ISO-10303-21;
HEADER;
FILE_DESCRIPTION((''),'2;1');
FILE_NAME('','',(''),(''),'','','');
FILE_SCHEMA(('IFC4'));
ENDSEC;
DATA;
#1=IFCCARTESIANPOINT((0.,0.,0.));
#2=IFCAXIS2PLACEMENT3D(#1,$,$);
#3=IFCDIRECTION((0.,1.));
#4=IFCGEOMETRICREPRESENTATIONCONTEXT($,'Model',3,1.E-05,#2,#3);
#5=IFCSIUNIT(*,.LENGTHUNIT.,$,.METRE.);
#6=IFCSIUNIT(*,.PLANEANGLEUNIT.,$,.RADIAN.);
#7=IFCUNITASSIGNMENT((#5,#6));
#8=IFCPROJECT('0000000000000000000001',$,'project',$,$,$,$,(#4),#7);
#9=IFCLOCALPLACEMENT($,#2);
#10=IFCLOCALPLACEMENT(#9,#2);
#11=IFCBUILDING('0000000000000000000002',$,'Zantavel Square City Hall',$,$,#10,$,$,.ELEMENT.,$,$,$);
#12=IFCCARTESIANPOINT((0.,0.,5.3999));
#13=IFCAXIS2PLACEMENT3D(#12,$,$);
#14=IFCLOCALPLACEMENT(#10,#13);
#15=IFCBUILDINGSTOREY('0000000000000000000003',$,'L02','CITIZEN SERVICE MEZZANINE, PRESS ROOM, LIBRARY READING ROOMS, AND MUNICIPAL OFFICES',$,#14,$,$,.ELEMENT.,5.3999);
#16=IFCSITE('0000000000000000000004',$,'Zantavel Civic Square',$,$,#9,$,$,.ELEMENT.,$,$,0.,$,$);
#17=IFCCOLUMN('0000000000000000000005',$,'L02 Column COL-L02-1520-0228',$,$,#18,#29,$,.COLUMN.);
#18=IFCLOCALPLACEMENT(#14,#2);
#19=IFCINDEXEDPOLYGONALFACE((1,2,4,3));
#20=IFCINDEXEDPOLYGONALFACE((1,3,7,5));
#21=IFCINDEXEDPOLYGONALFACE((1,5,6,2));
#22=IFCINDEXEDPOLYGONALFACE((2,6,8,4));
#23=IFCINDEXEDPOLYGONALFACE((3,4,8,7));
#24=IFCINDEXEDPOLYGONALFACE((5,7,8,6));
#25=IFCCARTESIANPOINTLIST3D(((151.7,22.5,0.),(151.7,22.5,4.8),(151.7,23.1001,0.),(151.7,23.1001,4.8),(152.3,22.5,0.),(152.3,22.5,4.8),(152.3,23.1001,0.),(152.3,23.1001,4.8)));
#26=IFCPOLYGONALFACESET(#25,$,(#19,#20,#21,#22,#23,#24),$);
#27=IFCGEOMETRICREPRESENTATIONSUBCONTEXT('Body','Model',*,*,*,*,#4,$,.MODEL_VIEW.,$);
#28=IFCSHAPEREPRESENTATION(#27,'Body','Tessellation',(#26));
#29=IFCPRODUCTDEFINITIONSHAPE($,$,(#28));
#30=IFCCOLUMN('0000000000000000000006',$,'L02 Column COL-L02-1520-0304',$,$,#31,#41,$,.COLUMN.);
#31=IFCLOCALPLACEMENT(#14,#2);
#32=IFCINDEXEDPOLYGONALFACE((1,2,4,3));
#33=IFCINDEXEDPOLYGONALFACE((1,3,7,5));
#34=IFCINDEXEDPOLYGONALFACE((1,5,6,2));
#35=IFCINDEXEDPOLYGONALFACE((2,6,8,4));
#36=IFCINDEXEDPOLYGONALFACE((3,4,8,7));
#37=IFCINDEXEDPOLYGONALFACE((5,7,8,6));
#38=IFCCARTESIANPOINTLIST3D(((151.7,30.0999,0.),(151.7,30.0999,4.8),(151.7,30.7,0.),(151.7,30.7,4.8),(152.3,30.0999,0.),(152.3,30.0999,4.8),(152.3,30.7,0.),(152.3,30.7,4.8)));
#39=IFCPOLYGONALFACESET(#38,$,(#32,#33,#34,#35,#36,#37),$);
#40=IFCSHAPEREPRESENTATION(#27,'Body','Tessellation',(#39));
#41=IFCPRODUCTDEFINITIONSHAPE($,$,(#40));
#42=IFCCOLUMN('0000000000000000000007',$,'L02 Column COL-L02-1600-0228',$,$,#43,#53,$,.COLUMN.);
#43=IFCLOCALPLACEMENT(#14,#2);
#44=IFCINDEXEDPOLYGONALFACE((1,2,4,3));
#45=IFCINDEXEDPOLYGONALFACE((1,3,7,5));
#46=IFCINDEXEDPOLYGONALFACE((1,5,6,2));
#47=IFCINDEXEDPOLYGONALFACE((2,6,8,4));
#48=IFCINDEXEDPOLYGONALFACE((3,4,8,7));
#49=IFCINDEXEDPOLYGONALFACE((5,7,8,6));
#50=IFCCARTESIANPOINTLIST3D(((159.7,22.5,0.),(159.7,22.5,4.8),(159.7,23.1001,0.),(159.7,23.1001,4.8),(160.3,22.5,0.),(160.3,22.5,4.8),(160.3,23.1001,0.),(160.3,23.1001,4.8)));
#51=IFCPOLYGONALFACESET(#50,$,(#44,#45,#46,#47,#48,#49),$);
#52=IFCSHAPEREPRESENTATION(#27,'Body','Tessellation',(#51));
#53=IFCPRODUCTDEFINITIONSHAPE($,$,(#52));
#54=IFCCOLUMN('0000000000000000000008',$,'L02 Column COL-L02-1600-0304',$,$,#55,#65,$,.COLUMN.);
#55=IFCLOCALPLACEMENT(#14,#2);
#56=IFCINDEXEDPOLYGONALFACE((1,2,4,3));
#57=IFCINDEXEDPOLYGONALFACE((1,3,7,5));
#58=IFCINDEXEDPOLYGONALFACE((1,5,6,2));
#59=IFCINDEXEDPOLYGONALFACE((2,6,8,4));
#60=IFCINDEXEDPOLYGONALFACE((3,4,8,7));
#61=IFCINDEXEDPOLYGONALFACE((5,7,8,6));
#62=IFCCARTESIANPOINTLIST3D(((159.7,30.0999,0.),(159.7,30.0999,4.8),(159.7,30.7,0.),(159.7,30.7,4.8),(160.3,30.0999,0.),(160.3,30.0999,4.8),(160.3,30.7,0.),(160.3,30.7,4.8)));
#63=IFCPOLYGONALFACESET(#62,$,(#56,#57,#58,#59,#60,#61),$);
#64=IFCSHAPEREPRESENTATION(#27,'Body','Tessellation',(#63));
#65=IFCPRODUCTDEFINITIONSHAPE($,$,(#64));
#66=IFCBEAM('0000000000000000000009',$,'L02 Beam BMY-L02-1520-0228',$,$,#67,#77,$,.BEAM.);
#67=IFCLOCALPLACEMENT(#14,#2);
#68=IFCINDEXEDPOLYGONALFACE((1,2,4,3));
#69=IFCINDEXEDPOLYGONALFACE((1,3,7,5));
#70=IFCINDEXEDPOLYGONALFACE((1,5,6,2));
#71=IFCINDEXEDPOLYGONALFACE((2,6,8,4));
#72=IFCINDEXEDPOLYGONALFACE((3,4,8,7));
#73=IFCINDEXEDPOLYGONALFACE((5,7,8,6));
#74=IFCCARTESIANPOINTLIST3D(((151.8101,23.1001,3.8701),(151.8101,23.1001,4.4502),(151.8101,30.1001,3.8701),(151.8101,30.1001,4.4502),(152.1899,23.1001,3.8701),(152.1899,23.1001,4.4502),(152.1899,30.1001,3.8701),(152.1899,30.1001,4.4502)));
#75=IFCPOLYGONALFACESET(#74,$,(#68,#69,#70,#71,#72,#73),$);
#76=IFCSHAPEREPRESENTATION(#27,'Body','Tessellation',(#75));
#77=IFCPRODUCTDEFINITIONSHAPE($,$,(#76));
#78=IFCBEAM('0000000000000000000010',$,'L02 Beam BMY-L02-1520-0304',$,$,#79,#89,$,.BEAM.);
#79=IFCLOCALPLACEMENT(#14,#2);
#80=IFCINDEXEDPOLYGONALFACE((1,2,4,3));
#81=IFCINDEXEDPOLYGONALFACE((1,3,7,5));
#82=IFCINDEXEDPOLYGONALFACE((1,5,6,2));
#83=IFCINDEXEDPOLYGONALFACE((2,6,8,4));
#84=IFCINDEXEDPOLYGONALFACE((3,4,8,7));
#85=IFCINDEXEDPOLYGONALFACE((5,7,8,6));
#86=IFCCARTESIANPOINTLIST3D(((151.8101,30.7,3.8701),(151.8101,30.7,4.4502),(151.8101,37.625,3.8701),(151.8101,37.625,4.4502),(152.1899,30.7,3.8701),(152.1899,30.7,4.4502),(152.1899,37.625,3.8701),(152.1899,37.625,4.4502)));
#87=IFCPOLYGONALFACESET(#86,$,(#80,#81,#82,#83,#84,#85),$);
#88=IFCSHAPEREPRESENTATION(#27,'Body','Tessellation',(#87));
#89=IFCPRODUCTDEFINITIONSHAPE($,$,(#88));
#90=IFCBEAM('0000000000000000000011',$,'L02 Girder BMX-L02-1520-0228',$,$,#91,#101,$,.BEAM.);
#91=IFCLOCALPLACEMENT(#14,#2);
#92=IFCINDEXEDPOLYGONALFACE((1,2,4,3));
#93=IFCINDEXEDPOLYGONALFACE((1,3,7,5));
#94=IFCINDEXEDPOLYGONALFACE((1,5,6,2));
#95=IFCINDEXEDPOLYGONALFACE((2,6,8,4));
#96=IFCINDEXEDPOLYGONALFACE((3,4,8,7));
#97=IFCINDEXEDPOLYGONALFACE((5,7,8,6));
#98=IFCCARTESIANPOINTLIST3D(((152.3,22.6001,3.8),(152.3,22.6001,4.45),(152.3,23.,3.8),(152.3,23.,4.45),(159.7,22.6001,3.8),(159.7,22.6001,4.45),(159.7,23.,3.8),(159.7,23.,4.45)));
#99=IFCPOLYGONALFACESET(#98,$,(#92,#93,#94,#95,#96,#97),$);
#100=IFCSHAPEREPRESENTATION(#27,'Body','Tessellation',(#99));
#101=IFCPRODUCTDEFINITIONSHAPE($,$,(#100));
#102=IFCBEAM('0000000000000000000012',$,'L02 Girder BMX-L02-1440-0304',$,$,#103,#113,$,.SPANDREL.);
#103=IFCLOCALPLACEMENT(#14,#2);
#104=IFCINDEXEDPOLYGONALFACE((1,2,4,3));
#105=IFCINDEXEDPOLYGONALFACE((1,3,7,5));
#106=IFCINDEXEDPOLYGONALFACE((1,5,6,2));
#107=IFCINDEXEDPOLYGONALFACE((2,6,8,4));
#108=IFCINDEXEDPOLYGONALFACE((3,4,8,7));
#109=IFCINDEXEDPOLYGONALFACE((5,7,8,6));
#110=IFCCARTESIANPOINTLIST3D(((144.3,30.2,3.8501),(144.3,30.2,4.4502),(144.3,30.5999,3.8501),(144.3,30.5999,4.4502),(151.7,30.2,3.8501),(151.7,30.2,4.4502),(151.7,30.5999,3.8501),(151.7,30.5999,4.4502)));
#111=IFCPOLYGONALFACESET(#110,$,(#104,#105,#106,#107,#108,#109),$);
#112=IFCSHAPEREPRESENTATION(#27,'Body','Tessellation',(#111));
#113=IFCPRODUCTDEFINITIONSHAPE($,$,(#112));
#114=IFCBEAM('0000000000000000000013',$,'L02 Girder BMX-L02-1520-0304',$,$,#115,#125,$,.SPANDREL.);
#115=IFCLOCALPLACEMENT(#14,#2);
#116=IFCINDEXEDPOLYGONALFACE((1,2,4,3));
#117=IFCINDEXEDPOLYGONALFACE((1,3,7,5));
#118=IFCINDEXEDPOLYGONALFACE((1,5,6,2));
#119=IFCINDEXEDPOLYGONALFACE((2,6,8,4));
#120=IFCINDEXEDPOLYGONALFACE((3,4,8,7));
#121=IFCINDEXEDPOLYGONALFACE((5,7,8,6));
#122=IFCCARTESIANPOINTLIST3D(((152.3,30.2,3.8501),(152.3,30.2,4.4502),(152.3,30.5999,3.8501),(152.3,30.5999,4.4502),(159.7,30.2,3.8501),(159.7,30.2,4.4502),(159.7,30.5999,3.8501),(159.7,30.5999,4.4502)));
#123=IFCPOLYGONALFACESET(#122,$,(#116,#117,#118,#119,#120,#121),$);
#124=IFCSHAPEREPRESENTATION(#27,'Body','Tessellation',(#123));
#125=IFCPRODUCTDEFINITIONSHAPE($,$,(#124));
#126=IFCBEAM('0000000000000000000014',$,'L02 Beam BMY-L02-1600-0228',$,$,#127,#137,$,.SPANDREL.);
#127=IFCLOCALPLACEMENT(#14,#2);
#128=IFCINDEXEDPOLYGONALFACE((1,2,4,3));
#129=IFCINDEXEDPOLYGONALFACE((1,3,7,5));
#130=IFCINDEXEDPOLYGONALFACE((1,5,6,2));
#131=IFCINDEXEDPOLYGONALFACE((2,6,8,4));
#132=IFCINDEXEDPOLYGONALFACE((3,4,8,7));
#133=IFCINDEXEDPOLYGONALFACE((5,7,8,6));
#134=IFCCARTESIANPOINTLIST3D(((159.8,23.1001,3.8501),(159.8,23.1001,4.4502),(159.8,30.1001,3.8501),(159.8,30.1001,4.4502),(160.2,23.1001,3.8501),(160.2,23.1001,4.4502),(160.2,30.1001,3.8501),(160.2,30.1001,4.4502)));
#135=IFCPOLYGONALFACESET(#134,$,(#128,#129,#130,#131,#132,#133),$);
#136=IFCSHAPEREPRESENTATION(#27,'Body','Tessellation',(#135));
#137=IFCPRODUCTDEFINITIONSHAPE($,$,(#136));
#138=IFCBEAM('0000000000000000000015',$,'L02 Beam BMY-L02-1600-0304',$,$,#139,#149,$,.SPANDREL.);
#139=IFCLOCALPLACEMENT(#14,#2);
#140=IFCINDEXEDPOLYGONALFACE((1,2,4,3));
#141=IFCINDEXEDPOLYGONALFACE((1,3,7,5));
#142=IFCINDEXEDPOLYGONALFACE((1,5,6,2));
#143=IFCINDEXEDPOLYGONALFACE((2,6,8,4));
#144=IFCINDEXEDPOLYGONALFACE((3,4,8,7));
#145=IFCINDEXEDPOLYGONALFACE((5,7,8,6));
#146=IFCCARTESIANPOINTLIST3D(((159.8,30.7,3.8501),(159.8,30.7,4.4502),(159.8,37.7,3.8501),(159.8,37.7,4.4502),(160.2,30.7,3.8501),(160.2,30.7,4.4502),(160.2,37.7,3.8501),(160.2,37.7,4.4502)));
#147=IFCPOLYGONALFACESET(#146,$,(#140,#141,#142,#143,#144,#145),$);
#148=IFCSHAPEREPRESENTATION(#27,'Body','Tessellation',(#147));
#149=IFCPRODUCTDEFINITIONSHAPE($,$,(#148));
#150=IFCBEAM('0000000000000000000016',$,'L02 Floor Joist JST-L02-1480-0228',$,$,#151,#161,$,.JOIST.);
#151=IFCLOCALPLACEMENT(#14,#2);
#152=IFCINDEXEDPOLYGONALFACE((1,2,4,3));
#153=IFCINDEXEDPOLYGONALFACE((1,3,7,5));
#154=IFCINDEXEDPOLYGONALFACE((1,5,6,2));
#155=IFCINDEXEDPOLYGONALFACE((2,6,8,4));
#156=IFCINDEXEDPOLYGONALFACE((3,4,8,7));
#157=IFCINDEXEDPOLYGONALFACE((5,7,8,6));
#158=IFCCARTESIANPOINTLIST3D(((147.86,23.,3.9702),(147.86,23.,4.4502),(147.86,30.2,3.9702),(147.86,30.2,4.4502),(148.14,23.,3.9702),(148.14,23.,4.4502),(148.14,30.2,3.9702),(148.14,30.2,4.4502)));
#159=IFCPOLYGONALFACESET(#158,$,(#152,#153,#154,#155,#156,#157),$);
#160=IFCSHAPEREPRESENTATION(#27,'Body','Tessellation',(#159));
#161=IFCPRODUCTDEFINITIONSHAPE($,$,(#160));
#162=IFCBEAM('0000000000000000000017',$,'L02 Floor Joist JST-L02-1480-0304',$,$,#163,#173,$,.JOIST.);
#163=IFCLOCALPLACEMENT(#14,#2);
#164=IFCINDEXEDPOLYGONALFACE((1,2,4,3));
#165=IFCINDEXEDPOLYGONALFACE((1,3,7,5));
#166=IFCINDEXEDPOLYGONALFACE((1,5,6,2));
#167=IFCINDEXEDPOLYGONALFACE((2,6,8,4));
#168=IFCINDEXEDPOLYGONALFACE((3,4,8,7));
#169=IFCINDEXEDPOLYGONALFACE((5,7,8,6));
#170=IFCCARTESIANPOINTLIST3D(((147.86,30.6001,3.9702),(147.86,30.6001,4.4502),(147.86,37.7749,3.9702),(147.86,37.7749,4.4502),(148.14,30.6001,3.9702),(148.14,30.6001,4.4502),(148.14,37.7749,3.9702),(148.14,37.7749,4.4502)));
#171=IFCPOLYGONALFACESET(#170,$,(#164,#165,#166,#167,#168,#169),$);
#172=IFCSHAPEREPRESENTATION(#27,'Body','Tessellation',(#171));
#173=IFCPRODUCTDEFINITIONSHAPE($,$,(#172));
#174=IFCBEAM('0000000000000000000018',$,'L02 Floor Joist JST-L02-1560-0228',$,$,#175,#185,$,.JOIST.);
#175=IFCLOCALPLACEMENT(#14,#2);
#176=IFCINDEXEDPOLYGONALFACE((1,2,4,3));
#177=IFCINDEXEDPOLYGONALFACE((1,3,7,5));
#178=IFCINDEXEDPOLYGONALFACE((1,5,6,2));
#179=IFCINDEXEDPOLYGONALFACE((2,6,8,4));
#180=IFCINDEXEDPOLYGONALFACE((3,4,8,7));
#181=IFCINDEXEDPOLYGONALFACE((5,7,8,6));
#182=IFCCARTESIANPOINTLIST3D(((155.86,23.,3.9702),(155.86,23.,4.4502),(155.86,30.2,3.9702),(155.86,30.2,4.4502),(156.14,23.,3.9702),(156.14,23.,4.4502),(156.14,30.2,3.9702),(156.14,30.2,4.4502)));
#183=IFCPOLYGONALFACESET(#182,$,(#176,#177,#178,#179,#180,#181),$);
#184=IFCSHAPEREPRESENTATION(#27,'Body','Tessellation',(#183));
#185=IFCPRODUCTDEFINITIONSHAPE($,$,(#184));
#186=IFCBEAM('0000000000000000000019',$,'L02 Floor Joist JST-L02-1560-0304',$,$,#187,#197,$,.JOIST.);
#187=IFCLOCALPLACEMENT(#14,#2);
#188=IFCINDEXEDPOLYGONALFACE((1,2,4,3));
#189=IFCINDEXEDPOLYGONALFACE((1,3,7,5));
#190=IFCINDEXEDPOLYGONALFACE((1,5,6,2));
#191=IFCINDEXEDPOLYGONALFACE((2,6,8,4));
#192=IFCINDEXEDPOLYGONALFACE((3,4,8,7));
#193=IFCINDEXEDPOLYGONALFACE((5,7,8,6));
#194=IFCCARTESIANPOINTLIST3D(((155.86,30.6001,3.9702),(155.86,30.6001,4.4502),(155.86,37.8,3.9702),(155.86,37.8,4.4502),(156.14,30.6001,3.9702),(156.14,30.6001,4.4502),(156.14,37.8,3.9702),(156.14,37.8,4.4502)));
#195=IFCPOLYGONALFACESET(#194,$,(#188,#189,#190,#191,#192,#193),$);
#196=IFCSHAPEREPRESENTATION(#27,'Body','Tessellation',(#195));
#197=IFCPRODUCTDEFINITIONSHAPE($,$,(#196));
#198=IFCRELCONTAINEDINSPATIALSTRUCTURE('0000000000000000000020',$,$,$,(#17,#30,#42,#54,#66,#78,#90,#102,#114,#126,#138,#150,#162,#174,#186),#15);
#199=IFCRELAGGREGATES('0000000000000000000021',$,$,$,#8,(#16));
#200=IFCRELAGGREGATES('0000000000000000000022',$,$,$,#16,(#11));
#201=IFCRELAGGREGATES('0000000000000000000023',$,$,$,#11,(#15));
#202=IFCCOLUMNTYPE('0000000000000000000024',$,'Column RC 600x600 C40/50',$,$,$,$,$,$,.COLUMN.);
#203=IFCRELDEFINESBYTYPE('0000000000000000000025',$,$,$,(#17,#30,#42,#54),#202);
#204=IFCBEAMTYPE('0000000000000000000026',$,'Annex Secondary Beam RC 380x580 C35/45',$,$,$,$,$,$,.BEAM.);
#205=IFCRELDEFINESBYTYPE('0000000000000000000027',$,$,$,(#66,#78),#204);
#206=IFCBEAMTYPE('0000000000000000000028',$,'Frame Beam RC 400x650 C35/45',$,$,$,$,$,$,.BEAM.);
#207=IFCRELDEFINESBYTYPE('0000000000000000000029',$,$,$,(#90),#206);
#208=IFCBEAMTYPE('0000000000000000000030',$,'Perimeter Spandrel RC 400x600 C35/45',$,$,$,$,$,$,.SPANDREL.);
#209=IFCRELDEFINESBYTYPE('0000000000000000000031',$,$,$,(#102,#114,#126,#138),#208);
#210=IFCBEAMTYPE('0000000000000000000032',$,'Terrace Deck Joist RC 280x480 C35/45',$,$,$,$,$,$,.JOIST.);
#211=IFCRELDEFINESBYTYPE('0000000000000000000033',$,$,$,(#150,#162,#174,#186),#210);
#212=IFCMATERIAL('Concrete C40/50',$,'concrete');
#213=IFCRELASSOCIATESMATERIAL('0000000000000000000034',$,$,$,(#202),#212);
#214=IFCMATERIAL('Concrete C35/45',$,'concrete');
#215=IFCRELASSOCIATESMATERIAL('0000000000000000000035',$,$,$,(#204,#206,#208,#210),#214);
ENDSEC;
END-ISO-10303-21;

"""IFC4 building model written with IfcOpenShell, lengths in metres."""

from ifc_helpers import new_model, si_unit, direction, frame, origin, origin_2d, place, context, subcontext, project, spatial, rectangle, extrude, material, material_profile, profile_set, type_object, element, save


model = new_model("IFC4")

# Units and contexts
model_context = context("Model", 3, precision=1e-05, world=origin(), true_north=direction((0.0, 1.0)))
body_context = subcontext(model_context, "Body", "Model", "MODEL_VIEW")
ifc_project = project(units=[si_unit("LENGTHUNIT", "METRE"), si_unit("PLANEANGLEUNIT", "RADIAN")], contexts=[model_context])

# Site, building, storey
site_placement = place(None, origin())
site = spatial("IfcSite", under=ifc_project, at=site_placement, Name="Zantavel Civic Square", CompositionType="ELEMENT", RefElevation=0.0)
building_placement = place(site_placement, origin())
building = spatial("IfcBuilding", under=site, at=building_placement, Name="Zantavel Square City Hall", CompositionType="ELEMENT")
storey_placement = place(building_placement, frame((0.0, 0.0, 5.3999)))
storey = spatial("IfcBuildingStorey", under=building, at=storey_placement, Name="L02", Description="CITIZEN SERVICE MEZZANINE, PRESS ROOM, LIBRARY READING ROOMS, AND MUNICIPAL OFFICES", CompositionType="ELEMENT", Elevation=5.3999)

# Columns
ifc_material_1 = material(Name="Concrete C40/50", Category="concrete")
ifc_material_profile_1 = material_profile(ifc_material_1, rectangle(XDim=0.6001, YDim=0.6001, at=origin_2d()), Name="RC 600x600")
ifc_profile_set_1 = profile_set([ifc_material_profile_1], Name="Concrete C40/50")
column_type = type_object("IfcColumnType", Name="Column RC 600x600 C40/50", PredefinedType="COLUMN", material=ifc_profile_set_1)
for number, where, z_axis, x_axis, name in (
    (1, (152.0, 22.8, 0.0), (0.0, 0.0, 1.0), (1.0, 0.0, 0.0), "L02 Column COL-L02-1520-0228"),
    (2, (152.0, 30.3999, 0.0), (0.0, 0.0, 1.0), (1.0, 0.0, 0.0), "L02 Column COL-L02-1520-0304"),
    (3, (160.0, 22.8, 0.0), (0.0, 0.0, 1.0), (1.0, 0.0, 0.0), "L02 Column COL-L02-1600-0228"),
    (4, (160.0, 30.3999, 0.0), (0.0, 0.0, 1.0), (1.0, 0.0, 0.0), "L02 Column COL-L02-1600-0304"),
):
    element("IfcColumn", number, at=place(storey_placement, frame(where, z_axis=z_axis, x_axis=x_axis)), inside=storey, type_object=column_type, Name=name, PredefinedType="COLUMN", context=body_context, shape_type="SweptSolid", body=[
        extrude(rectangle(XDim=0.6001, YDim=0.6001, at=origin_2d()), origin(), (0.0, 0.0, 1.0), 4.8),
    ])

# Beams
ifc_material_2 = material(Name="Concrete C35/45", Category="concrete")
ifc_material_profile_2 = material_profile(ifc_material_2, rectangle(XDim=0.3799, YDim=0.5801, at=origin_2d()), Name="RC 380x580")
ifc_profile_set_2 = profile_set([ifc_material_profile_2], Name="Concrete C35/45")
beam_type_1 = type_object("IfcBeamType", Name="Annex Secondary Beam RC 380x580 C35/45", PredefinedType="BEAM", material=ifc_profile_set_2)
beam_1_placement = place(storey_placement, frame((152.0, 23.1001, 4.1602), z_axis=(0.0, 1.0, 0.0), x_axis=(-1.0, 0.0, 0.0)))
element("IfcBeam", 5, at=beam_1_placement, inside=storey, type_object=beam_type_1, Name="L02 Beam BMY-L02-1520-0228", PredefinedType="BEAM", context=body_context, shape_type="SweptSolid", body=[
    extrude(rectangle(XDim=0.3799, YDim=0.5801, at=origin_2d()), origin(), (0.0, 0.0, 1.0), 7.0),
])
beam_2_placement = place(storey_placement, frame((152.0, 30.7, 4.1602), z_axis=(0.0, 1.0, 0.0), x_axis=(-1.0, 0.0, 0.0)))
element("IfcBeam", 6, at=beam_2_placement, inside=storey, type_object=beam_type_1, Name="L02 Beam BMY-L02-1520-0304", PredefinedType="BEAM", context=body_context, shape_type="SweptSolid", body=[
    extrude(rectangle(XDim=0.3799, YDim=0.5801, at=origin_2d()), origin(), (0.0, 0.0, 1.0), 6.925),
])
ifc_material_profile_3 = material_profile(ifc_material_2, rectangle(XDim=0.3999, YDim=0.6499, at=origin_2d()), Name="RC 400x650")
ifc_profile_set_3 = profile_set([ifc_material_profile_3], Name="Concrete C35/45")
beam_type_2 = type_object("IfcBeamType", Name="Frame Beam RC 400x650 C35/45", PredefinedType="BEAM", material=ifc_profile_set_3)
beam_3_placement = place(storey_placement, frame((152.3, 22.8, 4.125), z_axis=(1.0, 0.0, 0.0), x_axis=(0.0, 1.0, 0.0)))
element("IfcBeam", 7, at=beam_3_placement, inside=storey, type_object=beam_type_2, Name="L02 Girder BMX-L02-1520-0228", PredefinedType="BEAM", context=body_context, shape_type="SweptSolid", body=[
    extrude(rectangle(XDim=0.3999, YDim=0.6499, at=origin_2d()), origin(), (0.0, 0.0, 1.0), 7.3999),
])
ifc_material_profile_4 = material_profile(ifc_material_2, rectangle(XDim=0.3999, YDim=0.6001, at=origin_2d()), Name="RC 400x600")
ifc_profile_set_4 = profile_set([ifc_material_profile_4], Name="Concrete C35/45")
beam_type_3 = type_object("IfcBeamType", Name="Perimeter Spandrel RC 400x600 C35/45", PredefinedType="SPANDREL", material=ifc_profile_set_4)
for number, where, z_axis, x_axis, name in (
    (8, (144.3, 30.3999, 4.1501), (1.0, 0.0, 0.0), (0.0, 1.0, 0.0), "L02 Girder BMX-L02-1440-0304"),
    (9, (152.3, 30.3999, 4.1501), (1.0, 0.0, 0.0), (0.0, 1.0, 0.0), "L02 Girder BMX-L02-1520-0304"),
):
    element("IfcBeam", number, at=place(storey_placement, frame(where, z_axis=z_axis, x_axis=x_axis)), inside=storey, type_object=beam_type_3, Name=name, PredefinedType="SPANDREL", context=body_context, shape_type="SweptSolid", body=[
        extrude(rectangle(XDim=0.3999, YDim=0.6001, at=origin_2d()), origin(), (0.0, 0.0, 1.0), 7.3999),
    ])
for number, where, z_axis, x_axis, name in (
    (10, (160.0, 23.1001, 4.1501), (0.0, 1.0, 0.0), (-1.0, 0.0, 0.0), "L02 Beam BMY-L02-1600-0228"),
    (11, (160.0, 30.7, 4.1501), (0.0, 1.0, 0.0), (-1.0, 0.0, 0.0), "L02 Beam BMY-L02-1600-0304"),
):
    element("IfcBeam", number, at=place(storey_placement, frame(where, z_axis=z_axis, x_axis=x_axis)), inside=storey, type_object=beam_type_3, Name=name, PredefinedType="SPANDREL", context=body_context, shape_type="SweptSolid", body=[
        extrude(rectangle(XDim=0.3999, YDim=0.6001, at=origin_2d()), origin(), (0.0, 0.0, 1.0), 7.0),
    ])
ifc_material_profile_5 = material_profile(ifc_material_2, rectangle(XDim=0.28, YDim=0.48, at=origin_2d()), Name="RC 280x480")
ifc_profile_set_5 = profile_set([ifc_material_profile_5], Name="Concrete C35/45")
beam_type_4 = type_object("IfcBeamType", Name="Terrace Deck Joist RC 280x480 C35/45", PredefinedType="JOIST", material=ifc_profile_set_5)
beam_4_placement = place(storey_placement, frame((148.0, 23.0, 4.2102), z_axis=(0.0, 1.0, 0.0), x_axis=(-1.0, 0.0, 0.0)))
element("IfcBeam", 12, at=beam_4_placement, inside=storey, type_object=beam_type_4, Name="L02 Floor Joist JST-L02-1480-0228", PredefinedType="JOIST", context=body_context, shape_type="SweptSolid", body=[
    extrude(rectangle(XDim=0.28, YDim=0.48, at=origin_2d()), origin(), (0.0, 0.0, 1.0), 7.2),
])
beam_5_placement = place(storey_placement, frame((148.0, 30.6001, 4.2102), z_axis=(0.0, 1.0, 0.0), x_axis=(-1.0, 0.0, 0.0)))
element("IfcBeam", 13, at=beam_5_placement, inside=storey, type_object=beam_type_4, Name="L02 Floor Joist JST-L02-1480-0304", PredefinedType="JOIST", context=body_context, shape_type="SweptSolid", body=[
    extrude(rectangle(XDim=0.28, YDim=0.48, at=origin_2d()), origin(), (0.0, 0.0, 1.0), 7.1748),
])
for number, where, z_axis, x_axis, name in (
    (14, (156.0, 23.0, 4.2102), (0.0, 1.0, 0.0), (-1.0, 0.0, 0.0), "L02 Floor Joist JST-L02-1560-0228"),
    (15, (156.0, 30.6001, 4.2102), (0.0, 1.0, 0.0), (-1.0, 0.0, 0.0), "L02 Floor Joist JST-L02-1560-0304"),
):
    element("IfcBeam", number, at=place(storey_placement, frame(where, z_axis=z_axis, x_axis=x_axis)), inside=storey, type_object=beam_type_4, Name=name, PredefinedType="JOIST", context=body_context, shape_type="SweptSolid", body=[
        extrude(rectangle(XDim=0.28, YDim=0.48, at=origin_2d()), origin(), (0.0, 0.0, 1.0), 7.2),
    ])

save(model, "model.ifc")
